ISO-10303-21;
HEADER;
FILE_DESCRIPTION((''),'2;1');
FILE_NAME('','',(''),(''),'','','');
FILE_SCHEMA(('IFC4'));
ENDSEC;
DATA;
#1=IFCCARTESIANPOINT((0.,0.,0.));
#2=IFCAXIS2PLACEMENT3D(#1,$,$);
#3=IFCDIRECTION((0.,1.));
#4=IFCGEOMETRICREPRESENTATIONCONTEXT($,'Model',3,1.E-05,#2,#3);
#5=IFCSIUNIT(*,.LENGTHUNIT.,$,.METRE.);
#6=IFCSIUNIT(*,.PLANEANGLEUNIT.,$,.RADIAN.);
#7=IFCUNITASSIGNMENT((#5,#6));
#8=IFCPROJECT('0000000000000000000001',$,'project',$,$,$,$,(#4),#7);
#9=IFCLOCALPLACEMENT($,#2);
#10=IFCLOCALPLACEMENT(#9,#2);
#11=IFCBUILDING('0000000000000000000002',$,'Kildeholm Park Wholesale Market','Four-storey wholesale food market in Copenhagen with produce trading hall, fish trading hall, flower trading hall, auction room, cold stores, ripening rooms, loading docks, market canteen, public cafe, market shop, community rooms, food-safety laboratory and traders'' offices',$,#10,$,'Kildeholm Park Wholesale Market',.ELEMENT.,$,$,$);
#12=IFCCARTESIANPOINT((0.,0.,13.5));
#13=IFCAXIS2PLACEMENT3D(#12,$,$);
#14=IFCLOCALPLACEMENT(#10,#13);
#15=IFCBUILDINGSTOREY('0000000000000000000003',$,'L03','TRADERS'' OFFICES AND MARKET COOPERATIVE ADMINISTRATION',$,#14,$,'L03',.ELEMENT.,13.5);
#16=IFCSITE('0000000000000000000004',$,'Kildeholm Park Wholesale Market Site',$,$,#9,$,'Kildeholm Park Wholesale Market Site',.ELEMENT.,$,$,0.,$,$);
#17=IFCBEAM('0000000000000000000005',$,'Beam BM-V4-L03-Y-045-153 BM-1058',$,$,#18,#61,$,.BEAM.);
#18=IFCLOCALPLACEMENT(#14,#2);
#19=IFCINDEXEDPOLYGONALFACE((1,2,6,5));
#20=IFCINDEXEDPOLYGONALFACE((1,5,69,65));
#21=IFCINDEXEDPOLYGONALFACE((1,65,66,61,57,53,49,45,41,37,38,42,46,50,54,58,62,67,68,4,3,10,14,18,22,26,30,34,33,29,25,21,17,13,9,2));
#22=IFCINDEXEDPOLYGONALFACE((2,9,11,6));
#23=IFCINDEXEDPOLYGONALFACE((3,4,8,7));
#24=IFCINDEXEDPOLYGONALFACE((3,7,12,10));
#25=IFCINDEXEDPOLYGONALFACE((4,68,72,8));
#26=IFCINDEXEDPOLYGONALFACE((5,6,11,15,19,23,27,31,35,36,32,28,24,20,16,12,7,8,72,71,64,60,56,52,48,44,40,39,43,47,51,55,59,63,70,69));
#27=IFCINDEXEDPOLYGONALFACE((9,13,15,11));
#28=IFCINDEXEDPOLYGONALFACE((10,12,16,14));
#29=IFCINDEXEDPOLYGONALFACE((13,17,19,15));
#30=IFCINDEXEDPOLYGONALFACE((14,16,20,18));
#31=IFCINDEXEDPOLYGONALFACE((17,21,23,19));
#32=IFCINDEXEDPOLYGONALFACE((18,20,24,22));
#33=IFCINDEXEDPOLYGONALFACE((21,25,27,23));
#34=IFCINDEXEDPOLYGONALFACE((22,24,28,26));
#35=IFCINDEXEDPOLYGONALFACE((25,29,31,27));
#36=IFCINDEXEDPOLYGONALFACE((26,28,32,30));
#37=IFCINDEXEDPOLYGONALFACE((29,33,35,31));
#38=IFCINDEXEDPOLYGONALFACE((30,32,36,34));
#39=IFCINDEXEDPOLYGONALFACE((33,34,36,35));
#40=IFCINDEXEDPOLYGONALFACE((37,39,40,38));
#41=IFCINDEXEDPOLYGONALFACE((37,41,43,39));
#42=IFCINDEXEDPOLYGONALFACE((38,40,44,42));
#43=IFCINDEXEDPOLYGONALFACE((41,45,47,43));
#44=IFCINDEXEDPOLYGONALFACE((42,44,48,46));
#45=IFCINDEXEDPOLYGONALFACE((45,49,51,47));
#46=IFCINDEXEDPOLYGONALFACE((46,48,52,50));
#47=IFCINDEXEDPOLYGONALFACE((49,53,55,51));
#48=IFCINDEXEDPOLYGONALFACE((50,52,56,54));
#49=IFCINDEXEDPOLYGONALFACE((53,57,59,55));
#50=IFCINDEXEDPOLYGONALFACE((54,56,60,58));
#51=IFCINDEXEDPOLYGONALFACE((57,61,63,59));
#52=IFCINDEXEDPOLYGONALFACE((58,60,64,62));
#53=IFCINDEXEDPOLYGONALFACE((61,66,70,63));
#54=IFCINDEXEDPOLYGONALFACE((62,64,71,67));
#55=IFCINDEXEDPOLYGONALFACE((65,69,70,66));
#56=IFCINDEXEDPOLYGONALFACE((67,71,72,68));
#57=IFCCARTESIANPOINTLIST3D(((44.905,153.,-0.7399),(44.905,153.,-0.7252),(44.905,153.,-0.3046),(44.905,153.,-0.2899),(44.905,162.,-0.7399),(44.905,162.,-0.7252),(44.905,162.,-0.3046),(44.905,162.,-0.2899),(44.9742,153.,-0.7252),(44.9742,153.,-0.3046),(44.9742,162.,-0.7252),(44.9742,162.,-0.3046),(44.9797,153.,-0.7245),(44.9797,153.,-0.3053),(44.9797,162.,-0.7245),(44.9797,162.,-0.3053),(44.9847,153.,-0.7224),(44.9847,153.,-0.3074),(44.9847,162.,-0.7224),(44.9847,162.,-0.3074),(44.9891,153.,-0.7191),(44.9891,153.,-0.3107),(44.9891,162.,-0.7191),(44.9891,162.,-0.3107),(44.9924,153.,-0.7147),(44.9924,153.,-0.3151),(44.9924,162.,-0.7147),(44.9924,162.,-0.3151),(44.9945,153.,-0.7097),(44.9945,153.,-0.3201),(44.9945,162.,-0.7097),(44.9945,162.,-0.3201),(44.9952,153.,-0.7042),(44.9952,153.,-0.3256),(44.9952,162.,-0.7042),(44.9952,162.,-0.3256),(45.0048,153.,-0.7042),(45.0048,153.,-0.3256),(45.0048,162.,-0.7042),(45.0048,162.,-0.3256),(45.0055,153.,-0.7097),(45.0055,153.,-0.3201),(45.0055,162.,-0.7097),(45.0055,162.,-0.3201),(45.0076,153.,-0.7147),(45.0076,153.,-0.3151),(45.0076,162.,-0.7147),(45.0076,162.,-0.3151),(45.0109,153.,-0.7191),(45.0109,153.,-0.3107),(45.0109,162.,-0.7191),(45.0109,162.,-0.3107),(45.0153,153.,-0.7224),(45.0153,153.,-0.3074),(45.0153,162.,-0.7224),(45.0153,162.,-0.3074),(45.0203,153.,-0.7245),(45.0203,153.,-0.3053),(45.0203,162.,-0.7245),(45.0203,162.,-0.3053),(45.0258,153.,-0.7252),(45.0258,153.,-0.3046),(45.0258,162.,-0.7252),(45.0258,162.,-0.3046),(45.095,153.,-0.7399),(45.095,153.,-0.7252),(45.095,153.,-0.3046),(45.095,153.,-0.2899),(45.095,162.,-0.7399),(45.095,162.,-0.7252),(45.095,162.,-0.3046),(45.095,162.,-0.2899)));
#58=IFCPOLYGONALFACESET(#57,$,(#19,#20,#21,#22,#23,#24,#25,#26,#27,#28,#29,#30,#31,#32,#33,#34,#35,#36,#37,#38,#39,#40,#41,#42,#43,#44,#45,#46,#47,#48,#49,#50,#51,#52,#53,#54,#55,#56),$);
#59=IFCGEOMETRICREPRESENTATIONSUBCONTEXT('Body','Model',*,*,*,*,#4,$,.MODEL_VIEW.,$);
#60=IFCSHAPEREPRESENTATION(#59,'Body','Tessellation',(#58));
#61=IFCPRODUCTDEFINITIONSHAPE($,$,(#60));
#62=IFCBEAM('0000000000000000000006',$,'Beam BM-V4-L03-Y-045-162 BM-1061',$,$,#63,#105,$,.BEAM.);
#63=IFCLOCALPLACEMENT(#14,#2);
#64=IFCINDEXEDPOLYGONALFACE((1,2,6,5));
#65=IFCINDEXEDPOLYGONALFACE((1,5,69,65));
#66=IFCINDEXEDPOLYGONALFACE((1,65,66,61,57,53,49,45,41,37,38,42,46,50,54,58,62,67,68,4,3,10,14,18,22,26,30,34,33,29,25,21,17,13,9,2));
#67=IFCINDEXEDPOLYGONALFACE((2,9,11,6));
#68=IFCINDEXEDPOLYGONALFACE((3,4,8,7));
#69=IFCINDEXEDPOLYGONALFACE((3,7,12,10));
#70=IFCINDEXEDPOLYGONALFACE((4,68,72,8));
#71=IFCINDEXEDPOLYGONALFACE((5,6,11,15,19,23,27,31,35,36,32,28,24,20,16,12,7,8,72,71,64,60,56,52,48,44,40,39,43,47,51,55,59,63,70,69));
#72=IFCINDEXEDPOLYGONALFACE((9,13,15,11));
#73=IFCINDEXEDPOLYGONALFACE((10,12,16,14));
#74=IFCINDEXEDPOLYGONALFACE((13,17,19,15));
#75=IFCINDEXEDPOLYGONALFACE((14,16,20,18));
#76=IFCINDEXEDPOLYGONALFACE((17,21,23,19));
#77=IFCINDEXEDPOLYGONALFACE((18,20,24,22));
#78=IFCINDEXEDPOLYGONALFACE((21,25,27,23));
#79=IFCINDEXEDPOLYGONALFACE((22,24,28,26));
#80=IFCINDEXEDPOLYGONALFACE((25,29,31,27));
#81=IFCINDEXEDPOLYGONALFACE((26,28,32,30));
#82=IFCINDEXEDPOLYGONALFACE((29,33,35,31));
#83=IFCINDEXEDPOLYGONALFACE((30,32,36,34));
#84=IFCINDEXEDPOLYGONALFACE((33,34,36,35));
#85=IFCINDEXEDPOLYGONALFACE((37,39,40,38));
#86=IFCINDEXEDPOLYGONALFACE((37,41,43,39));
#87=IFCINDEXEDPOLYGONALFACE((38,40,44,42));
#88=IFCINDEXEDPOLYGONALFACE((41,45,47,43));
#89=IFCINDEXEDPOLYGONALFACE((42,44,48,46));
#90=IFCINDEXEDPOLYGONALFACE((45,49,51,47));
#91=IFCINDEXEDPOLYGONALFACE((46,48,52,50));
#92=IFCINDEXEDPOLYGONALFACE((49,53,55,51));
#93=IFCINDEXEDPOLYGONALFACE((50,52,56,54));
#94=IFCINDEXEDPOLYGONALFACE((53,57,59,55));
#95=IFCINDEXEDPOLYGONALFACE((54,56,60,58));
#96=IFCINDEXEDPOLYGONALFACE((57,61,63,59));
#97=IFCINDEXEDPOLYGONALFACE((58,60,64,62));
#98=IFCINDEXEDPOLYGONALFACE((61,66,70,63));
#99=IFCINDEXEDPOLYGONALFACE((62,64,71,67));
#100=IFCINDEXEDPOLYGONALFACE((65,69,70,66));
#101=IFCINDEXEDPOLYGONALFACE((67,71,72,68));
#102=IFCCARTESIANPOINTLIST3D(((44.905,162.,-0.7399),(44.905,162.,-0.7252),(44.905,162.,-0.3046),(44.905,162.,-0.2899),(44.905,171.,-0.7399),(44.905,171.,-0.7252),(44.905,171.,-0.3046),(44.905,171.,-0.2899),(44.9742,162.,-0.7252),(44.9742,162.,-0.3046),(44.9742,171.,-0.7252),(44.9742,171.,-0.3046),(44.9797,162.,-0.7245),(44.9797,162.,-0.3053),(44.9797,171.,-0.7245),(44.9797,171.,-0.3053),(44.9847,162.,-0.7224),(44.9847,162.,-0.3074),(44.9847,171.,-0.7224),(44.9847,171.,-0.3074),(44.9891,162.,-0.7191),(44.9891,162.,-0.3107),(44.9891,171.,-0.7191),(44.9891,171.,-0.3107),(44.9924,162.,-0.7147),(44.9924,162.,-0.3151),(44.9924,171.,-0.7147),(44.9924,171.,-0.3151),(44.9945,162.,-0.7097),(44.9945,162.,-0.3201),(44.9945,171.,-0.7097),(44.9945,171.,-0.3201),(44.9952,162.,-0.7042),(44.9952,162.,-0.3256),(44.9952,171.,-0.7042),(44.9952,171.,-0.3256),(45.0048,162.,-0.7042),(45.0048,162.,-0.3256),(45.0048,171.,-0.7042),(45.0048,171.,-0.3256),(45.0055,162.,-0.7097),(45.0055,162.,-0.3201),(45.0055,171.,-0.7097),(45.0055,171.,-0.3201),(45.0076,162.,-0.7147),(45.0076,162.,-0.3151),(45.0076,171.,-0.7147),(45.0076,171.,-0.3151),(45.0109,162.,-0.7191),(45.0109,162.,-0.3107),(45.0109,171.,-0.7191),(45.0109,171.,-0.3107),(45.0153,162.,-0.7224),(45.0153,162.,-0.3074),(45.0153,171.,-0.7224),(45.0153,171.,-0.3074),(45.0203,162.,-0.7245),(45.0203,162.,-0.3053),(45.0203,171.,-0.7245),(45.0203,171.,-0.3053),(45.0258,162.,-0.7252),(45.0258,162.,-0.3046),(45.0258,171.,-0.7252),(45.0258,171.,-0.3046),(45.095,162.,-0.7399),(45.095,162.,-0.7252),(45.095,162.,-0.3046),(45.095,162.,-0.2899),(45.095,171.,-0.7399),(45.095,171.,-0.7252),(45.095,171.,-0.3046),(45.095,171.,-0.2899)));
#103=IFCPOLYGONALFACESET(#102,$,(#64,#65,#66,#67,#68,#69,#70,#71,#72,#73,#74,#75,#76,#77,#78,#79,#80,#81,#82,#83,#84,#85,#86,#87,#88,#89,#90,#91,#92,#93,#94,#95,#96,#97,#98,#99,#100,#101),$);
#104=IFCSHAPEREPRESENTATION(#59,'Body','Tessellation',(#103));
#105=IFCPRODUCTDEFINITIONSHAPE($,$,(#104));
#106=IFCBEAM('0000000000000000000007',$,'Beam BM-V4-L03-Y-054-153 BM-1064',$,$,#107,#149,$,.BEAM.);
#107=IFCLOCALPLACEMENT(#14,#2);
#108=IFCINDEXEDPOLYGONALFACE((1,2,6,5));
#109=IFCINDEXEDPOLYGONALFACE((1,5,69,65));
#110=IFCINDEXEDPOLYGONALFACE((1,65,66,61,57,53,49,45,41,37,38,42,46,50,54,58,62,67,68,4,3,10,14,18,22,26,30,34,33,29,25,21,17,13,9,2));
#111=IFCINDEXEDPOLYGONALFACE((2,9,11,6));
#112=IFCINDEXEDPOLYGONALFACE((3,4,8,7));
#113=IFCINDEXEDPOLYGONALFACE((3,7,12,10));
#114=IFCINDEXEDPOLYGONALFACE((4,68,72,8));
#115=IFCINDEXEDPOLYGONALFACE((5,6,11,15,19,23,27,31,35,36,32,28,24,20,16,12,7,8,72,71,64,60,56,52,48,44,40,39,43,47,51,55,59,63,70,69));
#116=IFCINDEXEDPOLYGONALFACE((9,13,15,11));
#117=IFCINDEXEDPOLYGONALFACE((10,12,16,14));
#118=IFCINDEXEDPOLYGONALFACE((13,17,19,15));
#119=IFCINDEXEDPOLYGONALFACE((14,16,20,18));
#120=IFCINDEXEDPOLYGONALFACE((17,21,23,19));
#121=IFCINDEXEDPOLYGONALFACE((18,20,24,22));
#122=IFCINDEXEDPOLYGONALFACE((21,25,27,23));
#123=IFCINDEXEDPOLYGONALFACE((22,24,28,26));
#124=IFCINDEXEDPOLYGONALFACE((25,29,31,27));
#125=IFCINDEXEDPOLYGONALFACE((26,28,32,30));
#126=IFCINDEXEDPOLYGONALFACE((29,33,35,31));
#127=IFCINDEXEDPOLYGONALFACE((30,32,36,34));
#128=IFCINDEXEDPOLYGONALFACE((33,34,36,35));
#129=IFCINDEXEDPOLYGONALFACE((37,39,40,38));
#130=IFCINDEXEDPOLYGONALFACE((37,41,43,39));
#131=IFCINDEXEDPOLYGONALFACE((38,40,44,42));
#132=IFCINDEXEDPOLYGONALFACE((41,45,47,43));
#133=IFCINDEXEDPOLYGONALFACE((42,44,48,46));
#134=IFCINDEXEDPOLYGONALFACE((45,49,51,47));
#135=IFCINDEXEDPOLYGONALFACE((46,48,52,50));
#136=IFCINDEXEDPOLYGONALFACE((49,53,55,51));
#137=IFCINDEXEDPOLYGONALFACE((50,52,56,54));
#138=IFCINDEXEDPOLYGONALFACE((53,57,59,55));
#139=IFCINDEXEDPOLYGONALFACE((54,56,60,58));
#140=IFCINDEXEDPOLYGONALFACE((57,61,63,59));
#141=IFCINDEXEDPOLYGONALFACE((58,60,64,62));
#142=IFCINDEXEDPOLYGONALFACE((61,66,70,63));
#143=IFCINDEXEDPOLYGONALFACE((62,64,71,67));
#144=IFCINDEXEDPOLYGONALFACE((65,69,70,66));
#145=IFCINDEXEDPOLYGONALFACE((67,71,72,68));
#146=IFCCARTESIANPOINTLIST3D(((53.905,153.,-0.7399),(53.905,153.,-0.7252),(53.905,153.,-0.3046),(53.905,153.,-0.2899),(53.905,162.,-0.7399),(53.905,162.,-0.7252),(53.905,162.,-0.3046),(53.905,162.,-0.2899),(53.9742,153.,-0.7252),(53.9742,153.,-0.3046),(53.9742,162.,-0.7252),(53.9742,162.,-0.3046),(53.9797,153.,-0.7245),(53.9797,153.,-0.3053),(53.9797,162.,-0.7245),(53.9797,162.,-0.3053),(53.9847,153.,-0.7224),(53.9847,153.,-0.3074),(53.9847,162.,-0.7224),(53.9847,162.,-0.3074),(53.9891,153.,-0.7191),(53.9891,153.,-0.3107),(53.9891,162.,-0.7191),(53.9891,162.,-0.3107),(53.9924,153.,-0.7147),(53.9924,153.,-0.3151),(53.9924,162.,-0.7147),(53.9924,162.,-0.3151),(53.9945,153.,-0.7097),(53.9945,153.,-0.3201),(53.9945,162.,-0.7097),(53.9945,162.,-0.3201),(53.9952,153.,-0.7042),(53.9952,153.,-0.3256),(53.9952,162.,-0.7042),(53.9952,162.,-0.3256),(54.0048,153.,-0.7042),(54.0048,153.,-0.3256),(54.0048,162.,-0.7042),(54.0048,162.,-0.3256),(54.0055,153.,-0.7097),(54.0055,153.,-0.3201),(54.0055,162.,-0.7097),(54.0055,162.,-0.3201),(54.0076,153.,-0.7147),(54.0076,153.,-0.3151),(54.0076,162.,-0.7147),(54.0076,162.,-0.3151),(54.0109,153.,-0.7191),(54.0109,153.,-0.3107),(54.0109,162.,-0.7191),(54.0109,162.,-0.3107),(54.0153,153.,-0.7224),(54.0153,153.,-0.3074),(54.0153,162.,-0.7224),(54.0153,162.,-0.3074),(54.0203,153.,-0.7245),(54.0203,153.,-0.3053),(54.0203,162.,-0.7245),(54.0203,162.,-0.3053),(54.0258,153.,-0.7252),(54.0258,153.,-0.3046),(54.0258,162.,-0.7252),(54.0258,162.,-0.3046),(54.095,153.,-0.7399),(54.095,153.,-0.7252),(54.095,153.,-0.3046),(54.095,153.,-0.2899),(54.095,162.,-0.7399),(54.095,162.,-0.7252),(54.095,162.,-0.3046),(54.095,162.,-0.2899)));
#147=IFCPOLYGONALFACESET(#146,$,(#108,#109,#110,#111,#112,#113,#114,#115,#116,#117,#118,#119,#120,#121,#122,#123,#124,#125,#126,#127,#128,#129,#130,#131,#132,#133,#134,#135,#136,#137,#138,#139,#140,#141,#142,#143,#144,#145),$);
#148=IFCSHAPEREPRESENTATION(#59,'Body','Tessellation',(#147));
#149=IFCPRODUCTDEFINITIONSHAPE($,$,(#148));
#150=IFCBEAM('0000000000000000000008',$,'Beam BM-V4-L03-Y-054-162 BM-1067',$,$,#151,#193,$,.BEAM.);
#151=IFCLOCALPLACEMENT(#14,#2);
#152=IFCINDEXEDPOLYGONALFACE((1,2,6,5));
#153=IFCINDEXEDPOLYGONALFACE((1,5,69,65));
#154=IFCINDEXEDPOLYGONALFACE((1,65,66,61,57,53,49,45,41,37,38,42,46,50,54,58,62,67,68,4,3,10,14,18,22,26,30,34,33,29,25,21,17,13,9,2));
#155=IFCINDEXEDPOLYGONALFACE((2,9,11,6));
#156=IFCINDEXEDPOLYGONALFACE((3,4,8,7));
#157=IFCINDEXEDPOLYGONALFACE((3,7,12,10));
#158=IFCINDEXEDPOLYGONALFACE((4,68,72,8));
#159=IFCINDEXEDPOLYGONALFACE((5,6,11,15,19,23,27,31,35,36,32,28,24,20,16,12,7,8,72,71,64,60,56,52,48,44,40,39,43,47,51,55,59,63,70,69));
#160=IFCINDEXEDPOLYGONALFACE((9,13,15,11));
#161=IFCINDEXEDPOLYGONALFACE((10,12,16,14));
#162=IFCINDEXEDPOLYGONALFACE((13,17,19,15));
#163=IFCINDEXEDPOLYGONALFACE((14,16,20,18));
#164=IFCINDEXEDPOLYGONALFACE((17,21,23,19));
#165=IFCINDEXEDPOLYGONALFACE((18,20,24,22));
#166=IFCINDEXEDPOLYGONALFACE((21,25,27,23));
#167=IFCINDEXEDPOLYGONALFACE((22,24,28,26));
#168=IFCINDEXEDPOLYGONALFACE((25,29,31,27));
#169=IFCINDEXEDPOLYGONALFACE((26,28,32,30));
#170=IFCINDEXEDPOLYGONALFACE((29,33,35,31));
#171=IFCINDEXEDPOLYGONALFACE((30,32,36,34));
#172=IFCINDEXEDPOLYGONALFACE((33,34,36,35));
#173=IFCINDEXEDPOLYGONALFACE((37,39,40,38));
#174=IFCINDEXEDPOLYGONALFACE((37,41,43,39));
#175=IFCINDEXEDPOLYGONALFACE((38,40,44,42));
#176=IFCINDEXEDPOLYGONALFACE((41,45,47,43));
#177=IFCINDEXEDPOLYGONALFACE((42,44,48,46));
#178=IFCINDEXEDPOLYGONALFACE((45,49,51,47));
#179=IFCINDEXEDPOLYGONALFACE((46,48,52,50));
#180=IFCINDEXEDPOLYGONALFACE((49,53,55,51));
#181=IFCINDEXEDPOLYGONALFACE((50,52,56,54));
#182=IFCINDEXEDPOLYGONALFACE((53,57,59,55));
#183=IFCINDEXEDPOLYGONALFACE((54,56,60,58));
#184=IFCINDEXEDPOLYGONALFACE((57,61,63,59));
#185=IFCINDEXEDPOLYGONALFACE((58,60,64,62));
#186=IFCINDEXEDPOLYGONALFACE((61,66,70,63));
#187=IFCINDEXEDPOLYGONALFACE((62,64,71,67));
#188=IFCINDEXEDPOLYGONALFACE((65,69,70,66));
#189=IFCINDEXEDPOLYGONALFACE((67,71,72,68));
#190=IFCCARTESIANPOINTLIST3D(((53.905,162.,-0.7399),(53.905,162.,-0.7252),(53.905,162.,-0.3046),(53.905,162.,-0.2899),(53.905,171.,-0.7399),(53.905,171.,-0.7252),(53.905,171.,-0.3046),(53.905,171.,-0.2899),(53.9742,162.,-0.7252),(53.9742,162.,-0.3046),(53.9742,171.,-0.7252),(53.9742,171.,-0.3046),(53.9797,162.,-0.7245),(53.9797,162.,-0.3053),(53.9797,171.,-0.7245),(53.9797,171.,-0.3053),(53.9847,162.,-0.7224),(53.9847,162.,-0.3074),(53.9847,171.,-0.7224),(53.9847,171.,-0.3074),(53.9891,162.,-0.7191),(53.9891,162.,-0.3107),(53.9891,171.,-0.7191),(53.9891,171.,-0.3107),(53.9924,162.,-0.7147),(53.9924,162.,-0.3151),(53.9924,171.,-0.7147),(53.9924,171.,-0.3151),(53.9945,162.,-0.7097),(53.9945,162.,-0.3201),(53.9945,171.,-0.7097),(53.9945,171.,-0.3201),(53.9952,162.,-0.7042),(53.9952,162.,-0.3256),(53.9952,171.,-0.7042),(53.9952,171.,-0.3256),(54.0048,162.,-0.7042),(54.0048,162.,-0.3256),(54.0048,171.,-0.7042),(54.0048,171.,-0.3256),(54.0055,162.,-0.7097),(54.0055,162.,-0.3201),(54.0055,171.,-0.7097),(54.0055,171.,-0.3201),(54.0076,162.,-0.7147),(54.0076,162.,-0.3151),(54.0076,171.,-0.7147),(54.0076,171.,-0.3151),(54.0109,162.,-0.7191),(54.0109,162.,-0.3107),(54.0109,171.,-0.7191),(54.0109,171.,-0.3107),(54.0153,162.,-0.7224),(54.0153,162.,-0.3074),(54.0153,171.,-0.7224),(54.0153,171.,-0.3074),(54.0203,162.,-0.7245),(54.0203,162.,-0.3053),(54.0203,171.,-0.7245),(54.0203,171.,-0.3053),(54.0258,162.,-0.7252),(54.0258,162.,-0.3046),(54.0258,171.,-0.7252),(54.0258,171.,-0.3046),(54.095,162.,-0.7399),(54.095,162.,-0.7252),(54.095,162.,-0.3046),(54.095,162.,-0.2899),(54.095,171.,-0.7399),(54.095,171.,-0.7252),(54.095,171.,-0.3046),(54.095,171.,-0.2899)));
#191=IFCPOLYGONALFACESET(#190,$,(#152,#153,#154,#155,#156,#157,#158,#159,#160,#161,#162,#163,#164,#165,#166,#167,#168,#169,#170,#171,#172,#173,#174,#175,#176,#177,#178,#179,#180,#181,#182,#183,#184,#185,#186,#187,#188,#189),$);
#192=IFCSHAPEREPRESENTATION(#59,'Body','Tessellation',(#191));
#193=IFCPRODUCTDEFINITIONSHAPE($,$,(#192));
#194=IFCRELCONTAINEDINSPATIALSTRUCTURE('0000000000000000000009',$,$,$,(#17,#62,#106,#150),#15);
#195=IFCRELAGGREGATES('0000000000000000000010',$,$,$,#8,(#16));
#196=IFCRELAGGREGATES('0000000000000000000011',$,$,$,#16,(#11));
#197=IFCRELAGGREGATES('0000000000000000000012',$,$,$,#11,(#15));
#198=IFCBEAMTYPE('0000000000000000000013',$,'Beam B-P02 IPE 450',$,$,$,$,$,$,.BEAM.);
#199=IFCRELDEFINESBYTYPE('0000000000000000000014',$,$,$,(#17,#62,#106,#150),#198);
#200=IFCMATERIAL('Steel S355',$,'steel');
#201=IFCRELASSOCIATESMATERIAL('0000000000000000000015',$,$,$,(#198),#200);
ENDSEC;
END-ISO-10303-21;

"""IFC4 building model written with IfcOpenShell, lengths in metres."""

from ifc_helpers import new_model, si_unit, direction, frame, origin, origin_2d, place, context, subcontext, project, spatial, i_section, extrude, material, material_profile, profile_set, type_object, element, save


model = new_model("IFC4")

# Units and contexts
model_context = context("Model", 3, precision=1e-05, world=origin(), true_north=direction((0.0, 1.0)))
body_context = subcontext(model_context, "Body", "Model", "MODEL_VIEW")
ifc_project = project(units=[si_unit("LENGTHUNIT", "METRE"), si_unit("PLANEANGLEUNIT", "RADIAN")], contexts=[model_context])

# Site, building, storey
site_placement = place(None, origin())
site = spatial("IfcSite", under=ifc_project, at=site_placement, Name="Kildeholm Park Wholesale Market Site", LongName="Kildeholm Park Wholesale Market Site", CompositionType="ELEMENT", RefElevation=0.0)
building_placement = place(site_placement, origin())
building = spatial("IfcBuilding", under=site, at=building_placement, Name="Kildeholm Park Wholesale Market", Description="Four-storey wholesale food market in Copenhagen with produce trading hall, fish trading hall, flower trading hall, auction room, cold stores, ripening rooms, loading docks, market canteen, public cafe, market shop, community rooms, food-safety laboratory and traders' offices", LongName="Kildeholm Park Wholesale Market", CompositionType="ELEMENT")
storey_placement = place(building_placement, frame((0.0, 0.0, 13.5)))
storey = spatial("IfcBuildingStorey", under=building, at=storey_placement, Name="L03", Description="TRADERS' OFFICES AND MARKET COOPERATIVE ADMINISTRATION", LongName="L03", CompositionType="ELEMENT", Elevation=13.5)

# Beams
ifc_material_1 = material(Name="Steel S355", Category="steel")
ifc_material_profile_1 = material_profile(ifc_material_1, i_section(OverallWidth=0.1899, OverallDepth=0.45, WebThickness=0.0095, FlangeThickness=0.0146, FilletRadius=0.021, at=origin_2d()), Name="IPE 450")
ifc_profile_set_1 = profile_set([ifc_material_profile_1], Name="Steel S355")
beam_type_1 = type_object("IfcBeamType", Name="Beam B-P02 IPE 450", PredefinedType="BEAM", material=ifc_profile_set_1)
for number, where, z_axis, x_axis, name in (
    (1, (45.0, 153.0, -0.5149), (0.0, 1.0, 0.0), (-1.0, 0.0, 0.0), "Beam BM-V4-L03-Y-045-153 BM-1058"),
    (2, (45.0, 162.0, -0.5149), (0.0, 1.0, 0.0), (-1.0, 0.0, 0.0), "Beam BM-V4-L03-Y-045-162 BM-1061"),
    (3, (54.0, 153.0, -0.5149), (0.0, 1.0, 0.0), (-1.0, 0.0, 0.0), "Beam BM-V4-L03-Y-054-153 BM-1064"),
    (4, (54.0, 162.0, -0.5149), (0.0, 1.0, 0.0), (-1.0, 0.0, 0.0), "Beam BM-V4-L03-Y-054-162 BM-1067"),
):
    element("IfcBeam", number, at=place(storey_placement, frame(where, z_axis=z_axis, x_axis=x_axis)), inside=storey, type_object=beam_type_1, Name=name, PredefinedType="BEAM", context=body_context, shape_type="SweptSolid", body=[
        extrude(i_section(OverallWidth=0.1899, OverallDepth=0.45, WebThickness=0.0095, FlangeThickness=0.0146, FilletRadius=0.021, at=origin_2d()), origin(), (0.0, 0.0, 1.0), 9.0),
    ])

save(model, "model.ifc")
